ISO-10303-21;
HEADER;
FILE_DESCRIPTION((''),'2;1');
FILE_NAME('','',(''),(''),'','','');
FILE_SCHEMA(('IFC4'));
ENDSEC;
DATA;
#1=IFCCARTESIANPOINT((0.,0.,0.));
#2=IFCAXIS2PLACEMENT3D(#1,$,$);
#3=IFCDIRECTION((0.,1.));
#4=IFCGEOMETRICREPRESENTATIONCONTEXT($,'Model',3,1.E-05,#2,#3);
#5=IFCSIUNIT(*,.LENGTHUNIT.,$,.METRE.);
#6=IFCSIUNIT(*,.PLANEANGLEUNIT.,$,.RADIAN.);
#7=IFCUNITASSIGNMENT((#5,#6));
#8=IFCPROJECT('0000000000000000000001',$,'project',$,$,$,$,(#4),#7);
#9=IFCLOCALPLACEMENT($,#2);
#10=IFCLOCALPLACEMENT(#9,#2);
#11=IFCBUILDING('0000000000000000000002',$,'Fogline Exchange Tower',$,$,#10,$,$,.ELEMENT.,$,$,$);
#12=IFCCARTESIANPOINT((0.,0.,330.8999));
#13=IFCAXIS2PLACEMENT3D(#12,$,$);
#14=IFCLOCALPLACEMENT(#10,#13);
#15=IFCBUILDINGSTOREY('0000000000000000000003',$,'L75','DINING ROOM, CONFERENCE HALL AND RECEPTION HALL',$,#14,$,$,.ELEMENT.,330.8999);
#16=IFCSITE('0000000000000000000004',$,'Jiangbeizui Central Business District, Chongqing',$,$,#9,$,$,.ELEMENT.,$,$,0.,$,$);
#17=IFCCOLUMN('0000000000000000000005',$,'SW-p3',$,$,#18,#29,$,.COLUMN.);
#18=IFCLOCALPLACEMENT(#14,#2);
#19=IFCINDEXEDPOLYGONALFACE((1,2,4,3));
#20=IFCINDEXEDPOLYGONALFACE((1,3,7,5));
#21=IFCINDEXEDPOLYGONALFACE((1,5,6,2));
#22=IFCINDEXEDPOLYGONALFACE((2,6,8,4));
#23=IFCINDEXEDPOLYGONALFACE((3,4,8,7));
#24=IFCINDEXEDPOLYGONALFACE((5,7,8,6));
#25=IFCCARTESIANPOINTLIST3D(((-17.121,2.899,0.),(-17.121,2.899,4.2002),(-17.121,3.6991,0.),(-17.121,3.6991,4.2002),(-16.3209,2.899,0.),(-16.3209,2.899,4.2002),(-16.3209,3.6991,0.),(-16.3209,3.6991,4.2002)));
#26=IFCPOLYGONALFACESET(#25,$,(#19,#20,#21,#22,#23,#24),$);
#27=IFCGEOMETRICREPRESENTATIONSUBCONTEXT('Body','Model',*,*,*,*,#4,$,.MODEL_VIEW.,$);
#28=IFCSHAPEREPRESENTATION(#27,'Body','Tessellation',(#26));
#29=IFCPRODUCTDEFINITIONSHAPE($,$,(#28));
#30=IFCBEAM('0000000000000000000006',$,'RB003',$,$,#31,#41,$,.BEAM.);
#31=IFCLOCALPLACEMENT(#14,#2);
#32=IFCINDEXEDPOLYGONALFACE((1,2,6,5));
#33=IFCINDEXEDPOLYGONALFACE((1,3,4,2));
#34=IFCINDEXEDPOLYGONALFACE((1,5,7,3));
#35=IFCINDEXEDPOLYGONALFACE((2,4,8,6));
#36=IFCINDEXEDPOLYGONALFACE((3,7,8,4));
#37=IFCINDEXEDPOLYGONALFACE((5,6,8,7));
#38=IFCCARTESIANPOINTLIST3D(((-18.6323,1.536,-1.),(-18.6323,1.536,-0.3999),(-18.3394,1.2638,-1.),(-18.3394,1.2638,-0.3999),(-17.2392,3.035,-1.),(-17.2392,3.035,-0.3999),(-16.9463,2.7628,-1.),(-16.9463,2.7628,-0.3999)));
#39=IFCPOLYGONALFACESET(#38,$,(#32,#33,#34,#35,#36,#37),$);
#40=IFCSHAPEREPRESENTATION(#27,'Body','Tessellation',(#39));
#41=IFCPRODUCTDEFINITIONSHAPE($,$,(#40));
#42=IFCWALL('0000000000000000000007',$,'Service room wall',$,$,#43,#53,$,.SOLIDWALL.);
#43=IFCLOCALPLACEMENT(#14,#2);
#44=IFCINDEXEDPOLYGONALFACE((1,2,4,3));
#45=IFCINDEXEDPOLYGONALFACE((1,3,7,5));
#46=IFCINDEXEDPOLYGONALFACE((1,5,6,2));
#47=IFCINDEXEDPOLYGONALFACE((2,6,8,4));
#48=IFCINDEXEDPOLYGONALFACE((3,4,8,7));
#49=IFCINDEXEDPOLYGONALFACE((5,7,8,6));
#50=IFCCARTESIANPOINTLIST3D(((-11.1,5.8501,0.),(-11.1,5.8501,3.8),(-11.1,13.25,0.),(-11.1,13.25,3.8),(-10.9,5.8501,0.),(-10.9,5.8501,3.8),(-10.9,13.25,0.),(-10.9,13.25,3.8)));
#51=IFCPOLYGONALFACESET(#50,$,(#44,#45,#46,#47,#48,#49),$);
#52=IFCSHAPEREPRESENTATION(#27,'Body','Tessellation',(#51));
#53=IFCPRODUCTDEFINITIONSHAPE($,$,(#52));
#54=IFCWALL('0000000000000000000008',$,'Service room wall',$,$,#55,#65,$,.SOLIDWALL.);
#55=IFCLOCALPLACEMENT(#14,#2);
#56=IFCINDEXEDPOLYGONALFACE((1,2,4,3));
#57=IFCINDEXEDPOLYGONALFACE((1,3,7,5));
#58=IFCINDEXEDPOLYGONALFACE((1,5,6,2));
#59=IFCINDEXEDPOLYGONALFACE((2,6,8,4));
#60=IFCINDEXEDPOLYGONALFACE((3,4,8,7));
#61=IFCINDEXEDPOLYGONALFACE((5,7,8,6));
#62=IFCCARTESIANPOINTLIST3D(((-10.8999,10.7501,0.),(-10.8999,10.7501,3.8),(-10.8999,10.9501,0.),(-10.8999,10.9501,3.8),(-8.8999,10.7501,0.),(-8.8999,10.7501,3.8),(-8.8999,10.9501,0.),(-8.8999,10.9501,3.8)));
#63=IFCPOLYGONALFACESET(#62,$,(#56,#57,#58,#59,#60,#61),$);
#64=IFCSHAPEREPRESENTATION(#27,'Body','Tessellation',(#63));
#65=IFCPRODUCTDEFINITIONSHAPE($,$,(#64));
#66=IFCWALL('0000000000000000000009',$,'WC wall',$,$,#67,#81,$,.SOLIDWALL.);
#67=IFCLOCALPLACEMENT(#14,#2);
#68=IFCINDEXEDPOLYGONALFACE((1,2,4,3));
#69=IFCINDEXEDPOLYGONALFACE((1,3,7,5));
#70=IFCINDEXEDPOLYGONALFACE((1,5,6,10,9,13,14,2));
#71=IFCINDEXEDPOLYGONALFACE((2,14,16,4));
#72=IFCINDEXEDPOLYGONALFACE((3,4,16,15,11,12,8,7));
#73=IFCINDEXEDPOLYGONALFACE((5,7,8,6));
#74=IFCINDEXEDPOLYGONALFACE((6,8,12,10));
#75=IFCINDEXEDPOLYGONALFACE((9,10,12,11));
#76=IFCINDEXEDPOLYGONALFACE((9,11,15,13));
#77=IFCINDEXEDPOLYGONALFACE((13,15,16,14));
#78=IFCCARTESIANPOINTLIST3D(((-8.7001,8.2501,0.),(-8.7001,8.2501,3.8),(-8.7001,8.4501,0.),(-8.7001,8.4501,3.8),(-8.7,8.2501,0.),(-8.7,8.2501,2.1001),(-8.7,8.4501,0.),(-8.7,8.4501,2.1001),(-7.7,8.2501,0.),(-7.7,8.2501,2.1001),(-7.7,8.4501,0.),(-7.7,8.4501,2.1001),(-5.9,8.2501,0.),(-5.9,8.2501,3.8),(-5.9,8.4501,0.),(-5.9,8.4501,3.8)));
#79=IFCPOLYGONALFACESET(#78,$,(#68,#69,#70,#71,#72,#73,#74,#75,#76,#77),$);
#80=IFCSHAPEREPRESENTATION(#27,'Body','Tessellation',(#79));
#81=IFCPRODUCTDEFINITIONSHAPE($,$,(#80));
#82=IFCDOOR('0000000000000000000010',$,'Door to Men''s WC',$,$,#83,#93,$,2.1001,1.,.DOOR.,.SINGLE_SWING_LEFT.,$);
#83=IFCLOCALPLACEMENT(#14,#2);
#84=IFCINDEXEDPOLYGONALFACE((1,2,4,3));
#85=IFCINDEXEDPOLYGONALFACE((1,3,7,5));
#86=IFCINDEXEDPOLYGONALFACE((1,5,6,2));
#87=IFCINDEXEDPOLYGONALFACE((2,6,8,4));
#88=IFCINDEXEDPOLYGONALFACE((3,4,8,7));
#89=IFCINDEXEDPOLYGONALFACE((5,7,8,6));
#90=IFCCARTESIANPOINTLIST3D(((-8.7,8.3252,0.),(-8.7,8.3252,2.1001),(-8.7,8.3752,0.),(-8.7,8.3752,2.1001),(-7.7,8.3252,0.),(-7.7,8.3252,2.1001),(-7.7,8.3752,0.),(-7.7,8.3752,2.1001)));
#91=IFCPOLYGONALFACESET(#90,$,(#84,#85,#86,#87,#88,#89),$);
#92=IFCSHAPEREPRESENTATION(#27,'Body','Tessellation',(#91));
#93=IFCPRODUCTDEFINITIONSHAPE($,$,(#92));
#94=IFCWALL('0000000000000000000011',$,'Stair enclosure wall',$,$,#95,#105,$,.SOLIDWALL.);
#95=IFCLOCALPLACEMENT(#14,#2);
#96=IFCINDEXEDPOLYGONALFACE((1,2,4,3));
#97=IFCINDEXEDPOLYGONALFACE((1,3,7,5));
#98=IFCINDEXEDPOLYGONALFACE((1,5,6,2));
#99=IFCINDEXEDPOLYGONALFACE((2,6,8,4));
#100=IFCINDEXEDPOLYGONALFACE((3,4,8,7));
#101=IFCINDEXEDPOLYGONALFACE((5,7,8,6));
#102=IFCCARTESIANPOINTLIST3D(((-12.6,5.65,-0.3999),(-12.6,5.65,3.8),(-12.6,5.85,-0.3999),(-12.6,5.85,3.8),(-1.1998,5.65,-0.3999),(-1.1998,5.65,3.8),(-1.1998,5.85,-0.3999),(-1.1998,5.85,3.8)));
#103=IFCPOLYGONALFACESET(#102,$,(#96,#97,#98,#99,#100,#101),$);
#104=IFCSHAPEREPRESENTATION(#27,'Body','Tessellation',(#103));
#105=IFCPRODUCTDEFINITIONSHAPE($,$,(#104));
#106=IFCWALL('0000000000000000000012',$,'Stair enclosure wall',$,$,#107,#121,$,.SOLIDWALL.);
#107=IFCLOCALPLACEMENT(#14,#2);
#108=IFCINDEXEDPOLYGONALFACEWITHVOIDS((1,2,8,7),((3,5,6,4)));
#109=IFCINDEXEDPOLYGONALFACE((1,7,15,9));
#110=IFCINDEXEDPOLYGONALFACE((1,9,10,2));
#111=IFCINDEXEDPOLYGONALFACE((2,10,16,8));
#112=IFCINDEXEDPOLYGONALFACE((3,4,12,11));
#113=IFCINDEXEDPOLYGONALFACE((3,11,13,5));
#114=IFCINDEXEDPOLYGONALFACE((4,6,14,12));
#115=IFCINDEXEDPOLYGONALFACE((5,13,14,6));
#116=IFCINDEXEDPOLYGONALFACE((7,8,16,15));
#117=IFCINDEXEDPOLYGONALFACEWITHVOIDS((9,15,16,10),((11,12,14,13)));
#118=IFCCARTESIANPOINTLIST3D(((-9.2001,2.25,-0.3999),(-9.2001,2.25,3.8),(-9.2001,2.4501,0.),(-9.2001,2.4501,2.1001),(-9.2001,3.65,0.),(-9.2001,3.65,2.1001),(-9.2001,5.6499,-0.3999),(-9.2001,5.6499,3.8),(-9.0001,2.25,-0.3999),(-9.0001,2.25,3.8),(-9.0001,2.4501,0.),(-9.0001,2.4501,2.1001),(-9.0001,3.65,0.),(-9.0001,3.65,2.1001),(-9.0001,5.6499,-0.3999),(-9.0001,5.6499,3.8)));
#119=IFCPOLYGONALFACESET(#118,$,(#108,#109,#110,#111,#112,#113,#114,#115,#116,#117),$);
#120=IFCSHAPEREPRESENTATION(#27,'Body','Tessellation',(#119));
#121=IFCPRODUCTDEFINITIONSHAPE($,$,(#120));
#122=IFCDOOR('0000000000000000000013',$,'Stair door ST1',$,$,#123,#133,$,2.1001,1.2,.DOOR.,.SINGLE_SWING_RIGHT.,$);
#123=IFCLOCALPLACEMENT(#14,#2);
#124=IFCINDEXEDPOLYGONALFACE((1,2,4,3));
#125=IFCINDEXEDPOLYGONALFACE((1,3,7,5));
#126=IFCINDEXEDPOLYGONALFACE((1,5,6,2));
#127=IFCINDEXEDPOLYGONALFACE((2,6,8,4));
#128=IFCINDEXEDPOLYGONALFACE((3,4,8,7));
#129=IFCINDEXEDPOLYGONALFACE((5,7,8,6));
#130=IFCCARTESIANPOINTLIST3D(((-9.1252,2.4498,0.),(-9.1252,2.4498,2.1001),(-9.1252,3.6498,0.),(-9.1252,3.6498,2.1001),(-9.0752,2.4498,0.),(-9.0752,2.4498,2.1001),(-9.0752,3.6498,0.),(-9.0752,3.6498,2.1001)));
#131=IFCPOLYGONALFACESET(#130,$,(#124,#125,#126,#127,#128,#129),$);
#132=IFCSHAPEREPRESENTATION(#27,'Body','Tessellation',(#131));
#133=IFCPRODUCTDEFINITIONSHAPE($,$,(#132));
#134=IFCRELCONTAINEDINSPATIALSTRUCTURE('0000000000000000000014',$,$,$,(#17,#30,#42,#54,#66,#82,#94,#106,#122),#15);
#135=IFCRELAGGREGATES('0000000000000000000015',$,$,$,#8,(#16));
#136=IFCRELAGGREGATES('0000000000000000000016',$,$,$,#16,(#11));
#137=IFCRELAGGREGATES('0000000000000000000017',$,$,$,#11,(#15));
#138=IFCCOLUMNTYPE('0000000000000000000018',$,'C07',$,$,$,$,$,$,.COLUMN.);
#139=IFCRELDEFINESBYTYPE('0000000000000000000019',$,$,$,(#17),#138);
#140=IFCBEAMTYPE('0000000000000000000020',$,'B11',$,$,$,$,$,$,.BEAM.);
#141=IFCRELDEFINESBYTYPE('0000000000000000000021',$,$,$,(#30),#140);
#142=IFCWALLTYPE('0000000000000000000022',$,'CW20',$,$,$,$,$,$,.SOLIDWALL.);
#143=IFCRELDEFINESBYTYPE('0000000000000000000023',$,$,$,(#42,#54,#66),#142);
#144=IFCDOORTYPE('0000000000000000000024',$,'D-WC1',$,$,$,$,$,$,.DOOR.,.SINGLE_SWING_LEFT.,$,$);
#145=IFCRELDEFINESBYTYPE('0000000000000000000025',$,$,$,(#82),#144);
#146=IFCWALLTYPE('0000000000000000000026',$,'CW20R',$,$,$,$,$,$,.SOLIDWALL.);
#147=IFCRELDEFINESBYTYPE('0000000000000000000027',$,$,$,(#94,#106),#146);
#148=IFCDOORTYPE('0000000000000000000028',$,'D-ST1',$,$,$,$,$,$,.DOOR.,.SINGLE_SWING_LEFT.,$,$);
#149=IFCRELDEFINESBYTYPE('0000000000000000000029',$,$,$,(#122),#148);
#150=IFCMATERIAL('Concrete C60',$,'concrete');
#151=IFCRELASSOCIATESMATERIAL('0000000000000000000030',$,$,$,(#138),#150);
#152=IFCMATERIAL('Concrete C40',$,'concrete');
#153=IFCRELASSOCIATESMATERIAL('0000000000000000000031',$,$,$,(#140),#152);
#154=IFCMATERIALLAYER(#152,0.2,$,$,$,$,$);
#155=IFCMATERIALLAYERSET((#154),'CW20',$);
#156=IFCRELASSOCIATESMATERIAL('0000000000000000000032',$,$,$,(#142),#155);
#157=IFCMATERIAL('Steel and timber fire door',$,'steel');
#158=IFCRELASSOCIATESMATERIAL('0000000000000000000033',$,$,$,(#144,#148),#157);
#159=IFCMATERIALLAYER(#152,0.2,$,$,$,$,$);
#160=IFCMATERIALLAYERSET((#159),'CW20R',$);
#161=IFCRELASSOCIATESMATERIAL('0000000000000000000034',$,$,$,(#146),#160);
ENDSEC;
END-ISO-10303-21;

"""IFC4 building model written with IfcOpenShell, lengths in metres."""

from ifc_helpers import new_model, si_unit, direction, frame, frame_2d, origin, origin_2d, place, context, subcontext, project, spatial, rectangle, extrude, material, layer, layer_set, material_profile, profile_set, type_object, element, fill, save


model = new_model("IFC4")

# Units and contexts
model_context = context("Model", 3, precision=1e-05, world=origin(), true_north=direction((0.0, 1.0)))
body_context = subcontext(model_context, "Body", "Model", "MODEL_VIEW")
ifc_project = project(units=[si_unit("LENGTHUNIT", "METRE"), si_unit("PLANEANGLEUNIT", "RADIAN")], contexts=[model_context])

# Site, building, storey
site_placement = place(None, origin())
site = spatial("IfcSite", under=ifc_project, at=site_placement, Name="Jiangbeizui Central Business District, Chongqing", CompositionType="ELEMENT", RefElevation=0.0)
building_placement = place(site_placement, origin())
building = spatial("IfcBuilding", under=site, at=building_placement, Name="Fogline Exchange Tower", CompositionType="ELEMENT")
storey_placement = place(building_placement, frame((0.0, 0.0, 330.8999)))
storey = spatial("IfcBuildingStorey", under=building, at=storey_placement, Name="L75", Description="DINING ROOM, CONFERENCE HALL AND RECEPTION HALL", CompositionType="ELEMENT", Elevation=330.8999)

# Column
ifc_material_1 = material(Name="Concrete C60", Category="concrete")
ifc_material_profile_1 = material_profile(ifc_material_1, rectangle(XDim=0.8, YDim=0.8, at=origin_2d()), Name="RC 800x800")
ifc_profile_set_1 = profile_set([ifc_material_profile_1], Name="Concrete C60")
column_type = type_object("IfcColumnType", Name="C07", PredefinedType="COLUMN", material=ifc_profile_set_1)
column_placement = place(storey_placement, frame((-16.7209, 3.2991, 0.0), z_axis=(0.0, 0.0, 1.0), x_axis=(1.0, 0.0, 0.0)))
element("IfcColumn", 1, at=column_placement, inside=storey, type_object=column_type, Name="SW-p3", PredefinedType="COLUMN", context=body_context, shape_type="SweptSolid", body=[
    extrude(rectangle(XDim=0.8, YDim=0.8, at=origin_2d()), origin(), (0.0, 0.0, 1.0), 4.2002),
])

# Beam
ifc_material_2 = material(Name="Concrete C40", Category="concrete")
ifc_material_profile_2 = material_profile(ifc_material_2, rectangle(XDim=0.3999, YDim=0.6001, at=origin_2d()), Name="RC 400x600")
ifc_profile_set_2 = profile_set([ifc_material_profile_2], Name="Concrete C40")
beam_type = type_object("IfcBeamType", Name="B11", PredefinedType="BEAM", material=ifc_profile_set_2)
beam_placement = place(storey_placement, frame((-17.0928, 2.8989, -0.7), z_axis=(-0.680744, -0.732521, 0.0), x_axis=(0.732521, -0.680744, 0.0)))
element("IfcBeam", 2, at=beam_placement, inside=storey, type_object=beam_type, Name="RB003", PredefinedType="BEAM", context=body_context, shape_type="SweptSolid", body=[
    extrude(rectangle(XDim=0.3999, YDim=0.6001, at=origin_2d()), origin(), (0.0, 0.0, 1.0), 2.0464),
])

# Walls
ifc_layer_1 = layer(ifc_material_2, 0.2)
ifc_layer_set_1 = layer_set([ifc_layer_1], Name="CW20")
wall_type_1 = type_object("IfcWallType", Name="CW20", PredefinedType="SOLIDWALL", material=ifc_layer_set_1)
wall_1_placement = place(storey_placement, frame((-11.0, 5.8501, 0.0), z_axis=(0.0, 0.0, 1.0), x_axis=(0.0, 1.0, 0.0)))
element("IfcWall", 3, at=wall_1_placement, inside=storey, type_object=wall_type_1, Name="Service room wall", PredefinedType="SOLIDWALL", context=body_context, shape_type="SweptSolid", body=[
    extrude(rectangle(XDim=7.3999, YDim=0.2, at=frame_2d((3.7, 0.0))), origin(), (0.0, 0.0, 1.0), 3.8),
])
wall_2_placement = place(storey_placement, frame((-10.8999, 10.8501, 0.0), z_axis=(0.0, 0.0, 1.0), x_axis=(1.0, 0.0, 0.0)))
element("IfcWall", 4, at=wall_2_placement, inside=storey, type_object=wall_type_1, Name="Service room wall", PredefinedType="SOLIDWALL", context=body_context, shape_type="SweptSolid", body=[
    extrude(rectangle(XDim=2.0, YDim=0.2, at=frame_2d((1.0, 0.0))), origin(), (0.0, 0.0, 1.0), 3.8),
])

# Wall, opening, door
wall_3_placement = place(storey_placement, frame((-8.7, 8.3501, 0.0), z_axis=(0.0, 0.0, 1.0), x_axis=(1.0, 0.0, 0.0)))
wall_3 = element("IfcWall", 5, at=wall_3_placement, inside=storey, type_object=wall_type_1, Name="WC wall", PredefinedType="SOLIDWALL", context=body_context, shape_type="SweptSolid", body=[
    extrude(rectangle(XDim=2.8, YDim=0.2, at=frame_2d((1.3999, 0.0))), origin(), (0.0, 0.0, 1.0), 3.8),
])
opening_1_placement = place(wall_3_placement, origin())
opening_1 = element("IfcOpeningElement", 6, at=opening_1_placement, cuts=wall_3, PredefinedType="OPENING", context=body_context, shape_type="SweptSolid", body=[
    extrude(rectangle(XDim=1.0, YDim=2.1001, at=frame_2d((0.5, 1.05))), frame((0.0, 0.1099, 0.0), z_axis=(0.0, -1.0, 0.0), x_axis=(1.0, 0.0, 0.0)), (0.0, 0.0, 1.0), 0.22),
])
ifc_material_3 = material(Name="Steel and timber fire door", Category="steel")
door_type_1 = type_object("IfcDoorType", Name="D-WC1", OperationType="SINGLE_SWING_LEFT", PredefinedType="DOOR", material=ifc_material_3)
door_1_placement = place(opening_1_placement, frame((1.0, 0.0, 0.0), z_axis=(0.0, 0.0, 1.0), x_axis=(-1.0, 0.0, 0.0)))
door_1 = element("IfcDoor", 7, at=door_1_placement, inside=storey, type_object=door_type_1, Name="Door to Men's WC", OperationType="SINGLE_SWING_LEFT", OverallHeight=2.1001, OverallWidth=1.0, PredefinedType="DOOR", context=body_context, shape_type="SweptSolid", body=[
    extrude(rectangle(XDim=1.0, YDim=2.1001, at=frame_2d((0.5, 1.05))), frame((0.0, 0.0249, 0.0), z_axis=(0.0, -1.0, 0.0), x_axis=(1.0, 0.0, 0.0)), (0.0, 0.0, 1.0), 0.05),
])
fill(opening_1, door_1)

# Wall
ifc_layer_2 = layer(ifc_material_2, 0.2)
ifc_layer_set_2 = layer_set([ifc_layer_2], Name="CW20R")
wall_type_2 = type_object("IfcWallType", Name="CW20R", PredefinedType="SOLIDWALL", material=ifc_layer_set_2)
wall_4_placement = place(storey_placement, frame((-12.6001, 5.75, -0.3999), z_axis=(0.0, 0.0, 1.0), x_axis=(1.0, 0.0, 0.0)))
element("IfcWall", 8, at=wall_4_placement, inside=storey, type_object=wall_type_2, Name="Stair enclosure wall", PredefinedType="SOLIDWALL", context=body_context, shape_type="SweptSolid", body=[
    extrude(rectangle(XDim=11.4001, YDim=0.2, at=frame_2d((5.7002, 0.0))), origin(), (0.0, 0.0, 1.0), 4.2),
])

# Wall, opening, door
wall_5_placement = place(storey_placement, frame((-9.1001, 2.25, -0.3999), z_axis=(0.0, 0.0, 1.0), x_axis=(0.0, 1.0, 0.0)))
wall_5 = element("IfcWall", 9, at=wall_5_placement, inside=storey, type_object=wall_type_2, Name="Stair enclosure wall", PredefinedType="SOLIDWALL", context=body_context, shape_type="SweptSolid", body=[
    extrude(rectangle(XDim=3.3999, YDim=0.2, at=frame_2d((1.7, 0.0))), origin(), (0.0, 0.0, 1.0), 4.2),
])
opening_2_placement = place(wall_5_placement, frame((0.2, 0.0, 0.3999)))
opening_2 = element("IfcOpeningElement", 10, at=opening_2_placement, cuts=wall_5, PredefinedType="OPENING", context=body_context, shape_type="SweptSolid", body=[
    extrude(rectangle(XDim=1.2, YDim=2.1001, at=frame_2d((0.6001, 1.05))), frame((0.0, 0.1099, 0.0), z_axis=(0.0, -1.0, 0.0), x_axis=(1.0, 0.0, 0.0)), (0.0, 0.0, 1.0), 0.22),
])
door_type_2 = type_object("IfcDoorType", Name="D-ST1", OperationType="SINGLE_SWING_LEFT", PredefinedType="DOOR", material=ifc_material_3)
door_2_placement = place(opening_2_placement, frame((1.2, 0.0, 0.0), z_axis=(0.0, 0.0, 1.0), x_axis=(-1.0, 0.0, 0.0)))
door_2 = element("IfcDoor", 11, at=door_2_placement, inside=storey, type_object=door_type_2, Name="Stair door ST1", OperationType="SINGLE_SWING_RIGHT", OverallHeight=2.1001, OverallWidth=1.2, PredefinedType="DOOR", context=body_context, shape_type="SweptSolid", body=[
    extrude(rectangle(XDim=1.2, YDim=2.1001, at=frame_2d((0.6001, 1.05))), frame((0.0, 0.0249, 0.0), z_axis=(0.0, -1.0, 0.0), x_axis=(1.0, 0.0, 0.0)), (0.0, 0.0, 1.0), 0.05),
])
fill(opening_2, door_2)

save(model, "model.ifc")
